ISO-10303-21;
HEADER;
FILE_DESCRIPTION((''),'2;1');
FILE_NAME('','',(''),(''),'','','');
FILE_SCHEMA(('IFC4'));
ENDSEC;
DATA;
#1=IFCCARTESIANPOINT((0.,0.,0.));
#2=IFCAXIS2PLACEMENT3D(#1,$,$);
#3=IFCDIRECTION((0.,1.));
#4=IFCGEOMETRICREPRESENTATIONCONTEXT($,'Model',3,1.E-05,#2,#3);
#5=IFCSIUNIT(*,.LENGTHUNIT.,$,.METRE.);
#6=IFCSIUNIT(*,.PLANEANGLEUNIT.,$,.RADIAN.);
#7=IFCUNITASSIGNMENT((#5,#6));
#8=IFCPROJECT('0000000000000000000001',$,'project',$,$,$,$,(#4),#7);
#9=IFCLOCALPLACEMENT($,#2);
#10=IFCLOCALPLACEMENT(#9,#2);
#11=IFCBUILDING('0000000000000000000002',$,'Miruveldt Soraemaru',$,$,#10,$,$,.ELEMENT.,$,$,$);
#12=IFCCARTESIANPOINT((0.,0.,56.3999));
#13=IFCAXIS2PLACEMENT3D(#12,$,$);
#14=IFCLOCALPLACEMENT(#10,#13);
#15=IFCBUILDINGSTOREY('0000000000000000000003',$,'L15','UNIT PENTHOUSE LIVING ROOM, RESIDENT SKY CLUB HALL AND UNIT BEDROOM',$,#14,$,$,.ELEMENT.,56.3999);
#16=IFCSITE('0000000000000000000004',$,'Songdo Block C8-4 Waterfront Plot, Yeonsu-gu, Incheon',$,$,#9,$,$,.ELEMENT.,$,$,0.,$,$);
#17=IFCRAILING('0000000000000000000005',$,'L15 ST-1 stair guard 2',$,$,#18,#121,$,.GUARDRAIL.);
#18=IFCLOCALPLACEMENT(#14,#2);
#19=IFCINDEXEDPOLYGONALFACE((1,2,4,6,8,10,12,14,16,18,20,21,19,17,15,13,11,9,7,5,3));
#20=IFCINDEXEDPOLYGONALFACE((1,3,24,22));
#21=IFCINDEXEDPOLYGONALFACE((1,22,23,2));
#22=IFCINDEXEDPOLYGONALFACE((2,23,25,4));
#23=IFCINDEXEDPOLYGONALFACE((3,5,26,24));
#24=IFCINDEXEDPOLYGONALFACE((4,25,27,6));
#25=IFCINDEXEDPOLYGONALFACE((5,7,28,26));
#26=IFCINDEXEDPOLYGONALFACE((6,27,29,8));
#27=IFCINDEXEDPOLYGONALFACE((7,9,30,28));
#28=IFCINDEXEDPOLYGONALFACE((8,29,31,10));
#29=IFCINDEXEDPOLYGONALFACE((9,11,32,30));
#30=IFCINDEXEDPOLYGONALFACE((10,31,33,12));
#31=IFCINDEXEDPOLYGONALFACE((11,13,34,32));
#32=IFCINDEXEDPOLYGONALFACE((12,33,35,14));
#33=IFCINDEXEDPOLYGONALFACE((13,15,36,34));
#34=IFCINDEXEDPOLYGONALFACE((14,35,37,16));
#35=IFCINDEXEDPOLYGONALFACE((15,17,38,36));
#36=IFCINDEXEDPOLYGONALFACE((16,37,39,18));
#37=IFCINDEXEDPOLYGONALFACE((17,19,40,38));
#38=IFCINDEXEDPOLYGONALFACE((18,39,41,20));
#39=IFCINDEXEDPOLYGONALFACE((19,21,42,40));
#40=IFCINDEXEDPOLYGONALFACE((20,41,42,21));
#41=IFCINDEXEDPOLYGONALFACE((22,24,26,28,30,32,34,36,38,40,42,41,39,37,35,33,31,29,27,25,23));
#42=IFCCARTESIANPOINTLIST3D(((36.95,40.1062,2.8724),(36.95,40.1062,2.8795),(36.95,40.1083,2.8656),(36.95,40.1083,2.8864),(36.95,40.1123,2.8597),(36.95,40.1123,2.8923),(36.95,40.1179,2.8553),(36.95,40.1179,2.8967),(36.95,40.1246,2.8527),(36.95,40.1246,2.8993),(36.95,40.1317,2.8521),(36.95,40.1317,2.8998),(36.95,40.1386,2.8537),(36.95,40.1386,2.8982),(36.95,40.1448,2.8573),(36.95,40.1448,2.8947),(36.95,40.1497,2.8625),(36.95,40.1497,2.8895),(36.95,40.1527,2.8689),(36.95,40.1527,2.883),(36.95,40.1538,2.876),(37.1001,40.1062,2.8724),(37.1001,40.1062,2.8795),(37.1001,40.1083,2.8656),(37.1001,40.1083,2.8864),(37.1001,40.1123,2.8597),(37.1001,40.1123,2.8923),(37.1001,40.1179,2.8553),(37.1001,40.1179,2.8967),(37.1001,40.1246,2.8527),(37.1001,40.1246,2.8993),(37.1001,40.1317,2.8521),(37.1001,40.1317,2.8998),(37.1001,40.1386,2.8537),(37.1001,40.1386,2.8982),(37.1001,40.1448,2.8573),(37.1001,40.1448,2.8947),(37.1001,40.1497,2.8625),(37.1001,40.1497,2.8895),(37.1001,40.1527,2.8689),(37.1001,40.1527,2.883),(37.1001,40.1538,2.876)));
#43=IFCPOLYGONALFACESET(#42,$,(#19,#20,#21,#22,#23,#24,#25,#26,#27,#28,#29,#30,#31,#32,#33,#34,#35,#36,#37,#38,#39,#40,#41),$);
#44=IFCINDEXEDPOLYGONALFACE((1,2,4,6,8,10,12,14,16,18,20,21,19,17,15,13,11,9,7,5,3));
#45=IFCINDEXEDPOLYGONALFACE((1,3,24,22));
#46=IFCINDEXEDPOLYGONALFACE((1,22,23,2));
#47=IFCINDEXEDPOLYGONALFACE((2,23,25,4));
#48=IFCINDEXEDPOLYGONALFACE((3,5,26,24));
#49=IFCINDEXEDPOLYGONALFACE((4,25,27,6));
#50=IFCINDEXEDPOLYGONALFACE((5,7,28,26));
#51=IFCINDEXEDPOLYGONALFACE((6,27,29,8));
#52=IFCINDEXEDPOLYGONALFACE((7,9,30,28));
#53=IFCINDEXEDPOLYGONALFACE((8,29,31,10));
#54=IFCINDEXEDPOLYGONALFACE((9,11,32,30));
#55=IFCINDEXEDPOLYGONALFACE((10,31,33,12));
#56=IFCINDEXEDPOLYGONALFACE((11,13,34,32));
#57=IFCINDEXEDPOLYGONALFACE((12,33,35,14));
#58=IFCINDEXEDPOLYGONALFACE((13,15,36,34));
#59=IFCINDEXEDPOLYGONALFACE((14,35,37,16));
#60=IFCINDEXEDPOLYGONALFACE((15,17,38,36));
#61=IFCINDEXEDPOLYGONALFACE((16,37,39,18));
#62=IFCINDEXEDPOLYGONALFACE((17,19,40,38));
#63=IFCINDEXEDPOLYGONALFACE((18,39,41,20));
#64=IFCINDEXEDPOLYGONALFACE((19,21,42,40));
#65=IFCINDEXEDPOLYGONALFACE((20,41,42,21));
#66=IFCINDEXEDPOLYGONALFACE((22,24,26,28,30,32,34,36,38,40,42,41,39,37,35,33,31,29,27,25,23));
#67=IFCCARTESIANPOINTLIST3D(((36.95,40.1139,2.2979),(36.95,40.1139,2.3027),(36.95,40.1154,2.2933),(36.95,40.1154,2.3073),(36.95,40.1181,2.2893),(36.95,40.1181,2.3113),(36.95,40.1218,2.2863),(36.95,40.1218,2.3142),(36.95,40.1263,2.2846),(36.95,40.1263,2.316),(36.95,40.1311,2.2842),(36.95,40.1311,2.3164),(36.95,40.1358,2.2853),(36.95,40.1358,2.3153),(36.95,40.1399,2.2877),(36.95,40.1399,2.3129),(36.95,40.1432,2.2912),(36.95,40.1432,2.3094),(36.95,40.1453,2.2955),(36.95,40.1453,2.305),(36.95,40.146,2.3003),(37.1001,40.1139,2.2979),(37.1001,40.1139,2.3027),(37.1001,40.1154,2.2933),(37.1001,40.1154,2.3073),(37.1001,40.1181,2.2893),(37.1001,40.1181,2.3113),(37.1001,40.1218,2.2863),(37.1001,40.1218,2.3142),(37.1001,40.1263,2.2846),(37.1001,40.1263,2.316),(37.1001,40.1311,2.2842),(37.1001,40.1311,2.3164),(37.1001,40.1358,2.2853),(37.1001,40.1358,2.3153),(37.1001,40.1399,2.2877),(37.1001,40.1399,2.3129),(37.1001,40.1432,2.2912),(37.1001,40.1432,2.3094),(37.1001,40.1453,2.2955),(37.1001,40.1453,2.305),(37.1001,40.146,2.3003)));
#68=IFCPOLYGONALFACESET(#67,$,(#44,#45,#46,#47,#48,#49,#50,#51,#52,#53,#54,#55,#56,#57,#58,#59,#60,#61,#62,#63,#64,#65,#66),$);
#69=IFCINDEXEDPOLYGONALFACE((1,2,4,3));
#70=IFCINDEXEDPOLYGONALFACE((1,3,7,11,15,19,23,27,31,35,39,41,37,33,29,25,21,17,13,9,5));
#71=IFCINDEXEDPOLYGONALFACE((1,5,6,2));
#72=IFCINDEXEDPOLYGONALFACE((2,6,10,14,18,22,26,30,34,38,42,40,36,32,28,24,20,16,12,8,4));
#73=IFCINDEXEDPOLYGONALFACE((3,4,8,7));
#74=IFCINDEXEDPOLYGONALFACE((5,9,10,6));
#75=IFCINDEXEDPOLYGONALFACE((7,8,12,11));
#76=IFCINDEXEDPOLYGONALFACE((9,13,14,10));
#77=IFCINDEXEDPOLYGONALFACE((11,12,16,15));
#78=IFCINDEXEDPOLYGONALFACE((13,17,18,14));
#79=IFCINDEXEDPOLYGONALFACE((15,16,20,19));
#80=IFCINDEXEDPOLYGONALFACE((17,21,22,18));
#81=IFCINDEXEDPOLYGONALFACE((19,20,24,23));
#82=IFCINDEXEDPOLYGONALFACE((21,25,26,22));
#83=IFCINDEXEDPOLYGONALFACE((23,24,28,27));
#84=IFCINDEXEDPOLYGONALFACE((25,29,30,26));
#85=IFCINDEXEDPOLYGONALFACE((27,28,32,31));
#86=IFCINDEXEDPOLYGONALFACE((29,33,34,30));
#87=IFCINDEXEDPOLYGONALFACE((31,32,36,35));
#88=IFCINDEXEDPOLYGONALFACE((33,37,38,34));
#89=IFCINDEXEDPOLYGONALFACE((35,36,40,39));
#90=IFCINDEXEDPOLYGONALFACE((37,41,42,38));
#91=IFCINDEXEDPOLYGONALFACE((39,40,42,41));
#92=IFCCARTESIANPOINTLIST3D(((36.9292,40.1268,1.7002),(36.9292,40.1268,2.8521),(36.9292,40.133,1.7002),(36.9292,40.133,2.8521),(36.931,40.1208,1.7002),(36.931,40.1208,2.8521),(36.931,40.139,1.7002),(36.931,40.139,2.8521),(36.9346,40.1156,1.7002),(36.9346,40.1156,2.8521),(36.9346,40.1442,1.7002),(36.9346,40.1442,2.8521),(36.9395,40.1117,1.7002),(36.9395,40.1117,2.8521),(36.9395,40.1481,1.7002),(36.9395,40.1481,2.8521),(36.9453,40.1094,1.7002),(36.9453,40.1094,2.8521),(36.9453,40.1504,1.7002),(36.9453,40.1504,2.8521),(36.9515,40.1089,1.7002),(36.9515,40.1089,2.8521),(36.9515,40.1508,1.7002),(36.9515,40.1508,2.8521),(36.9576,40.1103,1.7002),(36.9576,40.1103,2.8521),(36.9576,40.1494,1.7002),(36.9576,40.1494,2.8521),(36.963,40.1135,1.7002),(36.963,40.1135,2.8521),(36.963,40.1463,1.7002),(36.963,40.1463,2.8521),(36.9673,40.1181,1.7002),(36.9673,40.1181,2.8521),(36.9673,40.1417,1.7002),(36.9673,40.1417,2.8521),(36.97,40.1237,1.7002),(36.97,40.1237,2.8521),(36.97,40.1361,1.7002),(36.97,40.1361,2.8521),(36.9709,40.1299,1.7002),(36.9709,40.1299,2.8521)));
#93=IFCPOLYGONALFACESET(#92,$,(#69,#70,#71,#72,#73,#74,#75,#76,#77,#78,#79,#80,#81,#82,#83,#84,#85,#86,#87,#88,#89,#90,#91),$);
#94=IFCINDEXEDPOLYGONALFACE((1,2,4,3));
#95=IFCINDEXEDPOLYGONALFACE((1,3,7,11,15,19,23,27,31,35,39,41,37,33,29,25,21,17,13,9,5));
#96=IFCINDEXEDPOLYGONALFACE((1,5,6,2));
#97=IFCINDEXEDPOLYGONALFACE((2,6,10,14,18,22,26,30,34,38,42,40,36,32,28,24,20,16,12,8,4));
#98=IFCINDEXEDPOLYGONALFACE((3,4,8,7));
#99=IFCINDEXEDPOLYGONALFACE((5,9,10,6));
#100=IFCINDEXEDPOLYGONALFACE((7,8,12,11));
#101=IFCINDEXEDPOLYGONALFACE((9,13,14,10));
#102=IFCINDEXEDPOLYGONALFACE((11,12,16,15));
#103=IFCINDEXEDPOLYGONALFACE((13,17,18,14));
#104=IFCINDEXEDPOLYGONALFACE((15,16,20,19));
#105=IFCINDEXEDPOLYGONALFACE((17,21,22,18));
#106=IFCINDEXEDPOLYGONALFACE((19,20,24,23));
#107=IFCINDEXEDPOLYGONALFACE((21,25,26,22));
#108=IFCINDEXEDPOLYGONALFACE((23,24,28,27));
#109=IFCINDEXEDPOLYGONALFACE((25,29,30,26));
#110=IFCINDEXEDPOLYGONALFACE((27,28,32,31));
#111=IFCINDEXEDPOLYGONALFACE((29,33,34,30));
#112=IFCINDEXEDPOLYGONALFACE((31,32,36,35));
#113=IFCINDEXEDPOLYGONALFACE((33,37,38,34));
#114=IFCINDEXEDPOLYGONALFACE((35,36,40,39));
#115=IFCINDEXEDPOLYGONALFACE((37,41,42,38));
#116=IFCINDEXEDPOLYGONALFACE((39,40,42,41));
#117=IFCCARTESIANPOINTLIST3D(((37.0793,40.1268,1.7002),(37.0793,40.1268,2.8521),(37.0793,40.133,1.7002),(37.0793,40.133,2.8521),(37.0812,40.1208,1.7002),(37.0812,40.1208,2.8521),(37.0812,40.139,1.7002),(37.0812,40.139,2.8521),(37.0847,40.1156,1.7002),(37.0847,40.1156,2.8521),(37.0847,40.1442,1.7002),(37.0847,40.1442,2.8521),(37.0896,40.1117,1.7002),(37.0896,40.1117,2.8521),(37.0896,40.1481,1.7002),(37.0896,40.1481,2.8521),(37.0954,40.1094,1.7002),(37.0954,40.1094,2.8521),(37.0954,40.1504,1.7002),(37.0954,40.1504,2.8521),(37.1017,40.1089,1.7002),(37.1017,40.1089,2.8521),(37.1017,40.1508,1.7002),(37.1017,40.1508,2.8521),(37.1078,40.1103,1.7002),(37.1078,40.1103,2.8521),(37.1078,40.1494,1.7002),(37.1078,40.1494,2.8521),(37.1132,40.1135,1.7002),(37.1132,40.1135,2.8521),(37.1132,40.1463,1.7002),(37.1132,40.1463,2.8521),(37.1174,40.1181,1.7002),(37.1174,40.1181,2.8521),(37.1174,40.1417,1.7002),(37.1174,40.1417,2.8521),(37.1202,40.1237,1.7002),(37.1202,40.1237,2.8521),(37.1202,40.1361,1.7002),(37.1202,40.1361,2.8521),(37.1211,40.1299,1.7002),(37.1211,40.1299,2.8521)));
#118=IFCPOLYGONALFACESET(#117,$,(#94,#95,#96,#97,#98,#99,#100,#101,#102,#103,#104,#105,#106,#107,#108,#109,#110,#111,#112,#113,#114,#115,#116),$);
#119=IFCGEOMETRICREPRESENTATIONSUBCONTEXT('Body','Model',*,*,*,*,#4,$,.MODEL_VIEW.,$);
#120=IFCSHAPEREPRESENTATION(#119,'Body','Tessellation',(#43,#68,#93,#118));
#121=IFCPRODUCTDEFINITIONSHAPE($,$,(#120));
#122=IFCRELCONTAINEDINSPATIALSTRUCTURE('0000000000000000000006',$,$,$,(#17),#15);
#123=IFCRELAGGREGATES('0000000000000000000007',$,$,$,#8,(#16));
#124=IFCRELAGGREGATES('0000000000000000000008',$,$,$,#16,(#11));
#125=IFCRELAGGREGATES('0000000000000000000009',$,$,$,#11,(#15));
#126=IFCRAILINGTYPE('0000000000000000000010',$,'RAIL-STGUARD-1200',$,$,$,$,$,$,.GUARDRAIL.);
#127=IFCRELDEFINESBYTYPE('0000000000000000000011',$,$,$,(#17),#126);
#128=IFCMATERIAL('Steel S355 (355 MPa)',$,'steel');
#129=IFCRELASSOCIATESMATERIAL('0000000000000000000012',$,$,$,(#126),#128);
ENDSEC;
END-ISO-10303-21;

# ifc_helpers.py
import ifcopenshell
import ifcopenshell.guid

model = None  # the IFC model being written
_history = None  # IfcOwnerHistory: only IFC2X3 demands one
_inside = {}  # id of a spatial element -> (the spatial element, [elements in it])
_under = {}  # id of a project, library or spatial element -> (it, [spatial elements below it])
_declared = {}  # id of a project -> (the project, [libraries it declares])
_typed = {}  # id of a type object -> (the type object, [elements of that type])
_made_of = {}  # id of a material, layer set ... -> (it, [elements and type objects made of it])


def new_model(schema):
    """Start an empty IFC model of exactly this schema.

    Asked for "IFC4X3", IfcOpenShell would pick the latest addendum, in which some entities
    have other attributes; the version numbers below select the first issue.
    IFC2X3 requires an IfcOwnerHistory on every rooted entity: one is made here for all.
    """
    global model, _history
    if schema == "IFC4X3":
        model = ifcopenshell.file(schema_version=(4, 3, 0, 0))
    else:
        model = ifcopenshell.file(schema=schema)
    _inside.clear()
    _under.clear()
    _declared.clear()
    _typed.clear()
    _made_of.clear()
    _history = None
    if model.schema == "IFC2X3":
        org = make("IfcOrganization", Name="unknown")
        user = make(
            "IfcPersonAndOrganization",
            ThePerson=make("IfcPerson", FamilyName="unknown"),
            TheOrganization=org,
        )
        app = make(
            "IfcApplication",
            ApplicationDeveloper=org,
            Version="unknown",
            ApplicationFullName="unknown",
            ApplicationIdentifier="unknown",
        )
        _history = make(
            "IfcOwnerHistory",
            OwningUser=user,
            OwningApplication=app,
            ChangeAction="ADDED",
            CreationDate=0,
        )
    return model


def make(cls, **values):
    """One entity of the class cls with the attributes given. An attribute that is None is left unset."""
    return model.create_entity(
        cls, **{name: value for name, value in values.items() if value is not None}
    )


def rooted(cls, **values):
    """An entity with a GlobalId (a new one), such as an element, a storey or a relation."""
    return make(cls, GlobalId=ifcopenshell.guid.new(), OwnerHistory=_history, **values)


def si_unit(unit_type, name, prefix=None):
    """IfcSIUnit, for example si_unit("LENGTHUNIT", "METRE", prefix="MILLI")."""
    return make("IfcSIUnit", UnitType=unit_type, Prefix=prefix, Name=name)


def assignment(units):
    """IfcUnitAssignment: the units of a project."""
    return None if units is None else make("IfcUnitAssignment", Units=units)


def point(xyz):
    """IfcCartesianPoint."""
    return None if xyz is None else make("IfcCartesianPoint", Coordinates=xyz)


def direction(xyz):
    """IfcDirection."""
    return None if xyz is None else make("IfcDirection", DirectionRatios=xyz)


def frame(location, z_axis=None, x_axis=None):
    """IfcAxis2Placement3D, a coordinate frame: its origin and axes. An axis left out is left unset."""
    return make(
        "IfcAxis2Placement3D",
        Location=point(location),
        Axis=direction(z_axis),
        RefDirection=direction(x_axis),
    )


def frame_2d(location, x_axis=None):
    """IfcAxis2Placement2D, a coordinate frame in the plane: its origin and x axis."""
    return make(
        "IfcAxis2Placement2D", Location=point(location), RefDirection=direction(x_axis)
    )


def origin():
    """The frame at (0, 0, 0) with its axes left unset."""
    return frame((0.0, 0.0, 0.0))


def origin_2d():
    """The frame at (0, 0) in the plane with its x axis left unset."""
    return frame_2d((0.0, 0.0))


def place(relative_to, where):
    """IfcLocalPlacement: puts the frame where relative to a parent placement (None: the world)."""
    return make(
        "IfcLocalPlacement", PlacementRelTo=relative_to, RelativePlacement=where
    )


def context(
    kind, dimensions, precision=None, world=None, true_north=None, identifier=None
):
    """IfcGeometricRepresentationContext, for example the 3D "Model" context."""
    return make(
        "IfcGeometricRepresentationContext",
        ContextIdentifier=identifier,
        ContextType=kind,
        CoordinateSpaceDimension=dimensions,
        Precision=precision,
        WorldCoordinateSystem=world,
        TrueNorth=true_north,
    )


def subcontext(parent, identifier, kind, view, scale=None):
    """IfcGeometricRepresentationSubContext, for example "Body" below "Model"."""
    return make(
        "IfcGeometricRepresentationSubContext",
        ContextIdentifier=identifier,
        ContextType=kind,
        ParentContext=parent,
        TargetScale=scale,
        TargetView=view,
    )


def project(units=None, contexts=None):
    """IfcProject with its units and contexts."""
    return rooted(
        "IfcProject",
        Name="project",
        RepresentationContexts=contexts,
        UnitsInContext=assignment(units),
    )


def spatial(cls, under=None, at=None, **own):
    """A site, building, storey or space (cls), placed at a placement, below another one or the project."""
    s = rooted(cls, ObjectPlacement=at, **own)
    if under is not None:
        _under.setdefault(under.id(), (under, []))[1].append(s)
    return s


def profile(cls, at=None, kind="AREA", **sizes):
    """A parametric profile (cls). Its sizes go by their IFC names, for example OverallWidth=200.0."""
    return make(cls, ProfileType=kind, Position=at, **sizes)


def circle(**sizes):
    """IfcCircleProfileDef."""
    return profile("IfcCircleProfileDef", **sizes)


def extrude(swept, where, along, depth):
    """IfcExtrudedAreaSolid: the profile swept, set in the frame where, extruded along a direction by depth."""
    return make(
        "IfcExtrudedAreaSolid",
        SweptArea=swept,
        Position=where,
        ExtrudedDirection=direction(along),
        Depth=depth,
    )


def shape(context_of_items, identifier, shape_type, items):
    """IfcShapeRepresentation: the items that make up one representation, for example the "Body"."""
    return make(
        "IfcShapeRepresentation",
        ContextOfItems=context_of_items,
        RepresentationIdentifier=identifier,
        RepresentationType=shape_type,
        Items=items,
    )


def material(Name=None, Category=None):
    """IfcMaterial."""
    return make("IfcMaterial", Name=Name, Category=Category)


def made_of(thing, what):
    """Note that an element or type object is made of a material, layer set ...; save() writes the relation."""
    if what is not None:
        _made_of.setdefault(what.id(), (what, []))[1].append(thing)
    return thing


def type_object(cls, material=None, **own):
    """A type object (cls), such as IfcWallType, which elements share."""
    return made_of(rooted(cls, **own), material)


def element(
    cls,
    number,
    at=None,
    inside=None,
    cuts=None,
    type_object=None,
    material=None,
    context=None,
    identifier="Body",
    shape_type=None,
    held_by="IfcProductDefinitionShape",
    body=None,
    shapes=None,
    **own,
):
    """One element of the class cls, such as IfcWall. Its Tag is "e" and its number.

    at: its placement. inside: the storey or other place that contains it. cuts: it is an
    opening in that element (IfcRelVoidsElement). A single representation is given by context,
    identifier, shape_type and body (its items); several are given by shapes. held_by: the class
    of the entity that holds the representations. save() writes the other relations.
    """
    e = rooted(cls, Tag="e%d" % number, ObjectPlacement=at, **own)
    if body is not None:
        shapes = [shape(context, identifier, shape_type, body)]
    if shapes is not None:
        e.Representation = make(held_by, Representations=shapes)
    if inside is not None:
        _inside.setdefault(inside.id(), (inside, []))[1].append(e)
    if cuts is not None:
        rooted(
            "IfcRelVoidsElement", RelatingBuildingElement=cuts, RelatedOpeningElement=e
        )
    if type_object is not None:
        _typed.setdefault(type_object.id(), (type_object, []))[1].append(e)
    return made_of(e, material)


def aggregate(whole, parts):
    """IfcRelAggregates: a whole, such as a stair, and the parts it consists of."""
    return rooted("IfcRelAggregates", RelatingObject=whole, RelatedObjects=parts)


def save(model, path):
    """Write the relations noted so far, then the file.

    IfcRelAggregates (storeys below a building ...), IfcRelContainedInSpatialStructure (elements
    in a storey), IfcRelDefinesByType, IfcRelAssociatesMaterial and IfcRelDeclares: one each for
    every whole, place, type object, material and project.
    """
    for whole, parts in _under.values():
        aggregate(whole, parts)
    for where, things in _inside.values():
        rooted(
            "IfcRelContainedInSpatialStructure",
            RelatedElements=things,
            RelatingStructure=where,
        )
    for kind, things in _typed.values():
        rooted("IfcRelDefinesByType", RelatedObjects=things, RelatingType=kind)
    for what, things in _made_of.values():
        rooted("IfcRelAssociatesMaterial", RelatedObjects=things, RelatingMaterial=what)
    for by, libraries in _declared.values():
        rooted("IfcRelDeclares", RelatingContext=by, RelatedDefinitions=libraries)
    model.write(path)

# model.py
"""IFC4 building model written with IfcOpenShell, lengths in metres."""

from ifc_helpers import new_model, si_unit, direction, frame, origin, origin_2d, place, context, subcontext, project, spatial, circle, extrude, material, type_object, element, save


model = new_model("IFC4")

# Units and contexts
model_context = context("Model", 3, precision=1e-05, world=origin(), true_north=direction((0.0, 1.0)))
body_context = subcontext(model_context, "Body", "Model", "MODEL_VIEW")
ifc_project = project(units=[si_unit("LENGTHUNIT", "METRE"), si_unit("PLANEANGLEUNIT", "RADIAN")], contexts=[model_context])

# Site, building, storey
site_placement = place(None, origin())
site = spatial("IfcSite", under=ifc_project, at=site_placement, Name="Songdo Block C8-4 Waterfront Plot, Yeonsu-gu, Incheon", CompositionType="ELEMENT", RefElevation=0.0)
building_placement = place(site_placement, origin())
building = spatial("IfcBuilding", under=site, at=building_placement, Name="Miruveldt Soraemaru", CompositionType="ELEMENT")
storey_placement = place(building_placement, frame((0.0, 0.0, 56.3999)))
storey = spatial("IfcBuildingStorey", under=building, at=storey_placement, Name="L15", Description="UNIT PENTHOUSE LIVING ROOM, RESIDENT SKY CLUB HALL AND UNIT BEDROOM", CompositionType="ELEMENT", Elevation=56.3999)

# Railing
ifc_material_1 = material(Name="Steel S355 (355 MPa)", Category="steel")
railing_type_1 = type_object("IfcRailingType", Name="RAIL-STGUARD-1200", PredefinedType="GUARDRAIL", material=ifc_material_1)
railing_1_placement = place(storey_placement, frame((36.95, 40.1299, 1.7002)))
element("IfcRailing", 1, at=railing_1_placement, inside=storey, type_object=railing_type_1, Name="L15 ST-1 stair guard 2", PredefinedType="GUARDRAIL", context=body_context, shape_type="SweptSolid", body=[
    extrude(circle(Radius=0.0239, at=origin_2d()), frame((0.0, 0.0, 1.1758), z_axis=(1.0, 0.0, 0.0), x_axis=(0.0, 1.0, 0.0)), (0.0, 0.0, 1.0), 0.1501),
    extrude(circle(Radius=0.0161, at=origin_2d()), frame((0.0, 0.0, 0.6001), z_axis=(1.0, 0.0, 0.0), x_axis=(0.0, 1.0, 0.0)), (0.0, 0.0, 1.0), 0.1501),
    extrude(circle(Radius=0.021, at=origin_2d()), origin(), (0.0, 0.0, 1.0), 1.1519),
    extrude(circle(Radius=0.021, at=origin_2d()), frame((0.1501, 0.0, 0.0)), (0.0, 0.0, 1.0), 1.1519),
])

save(model, "model.ifc")
